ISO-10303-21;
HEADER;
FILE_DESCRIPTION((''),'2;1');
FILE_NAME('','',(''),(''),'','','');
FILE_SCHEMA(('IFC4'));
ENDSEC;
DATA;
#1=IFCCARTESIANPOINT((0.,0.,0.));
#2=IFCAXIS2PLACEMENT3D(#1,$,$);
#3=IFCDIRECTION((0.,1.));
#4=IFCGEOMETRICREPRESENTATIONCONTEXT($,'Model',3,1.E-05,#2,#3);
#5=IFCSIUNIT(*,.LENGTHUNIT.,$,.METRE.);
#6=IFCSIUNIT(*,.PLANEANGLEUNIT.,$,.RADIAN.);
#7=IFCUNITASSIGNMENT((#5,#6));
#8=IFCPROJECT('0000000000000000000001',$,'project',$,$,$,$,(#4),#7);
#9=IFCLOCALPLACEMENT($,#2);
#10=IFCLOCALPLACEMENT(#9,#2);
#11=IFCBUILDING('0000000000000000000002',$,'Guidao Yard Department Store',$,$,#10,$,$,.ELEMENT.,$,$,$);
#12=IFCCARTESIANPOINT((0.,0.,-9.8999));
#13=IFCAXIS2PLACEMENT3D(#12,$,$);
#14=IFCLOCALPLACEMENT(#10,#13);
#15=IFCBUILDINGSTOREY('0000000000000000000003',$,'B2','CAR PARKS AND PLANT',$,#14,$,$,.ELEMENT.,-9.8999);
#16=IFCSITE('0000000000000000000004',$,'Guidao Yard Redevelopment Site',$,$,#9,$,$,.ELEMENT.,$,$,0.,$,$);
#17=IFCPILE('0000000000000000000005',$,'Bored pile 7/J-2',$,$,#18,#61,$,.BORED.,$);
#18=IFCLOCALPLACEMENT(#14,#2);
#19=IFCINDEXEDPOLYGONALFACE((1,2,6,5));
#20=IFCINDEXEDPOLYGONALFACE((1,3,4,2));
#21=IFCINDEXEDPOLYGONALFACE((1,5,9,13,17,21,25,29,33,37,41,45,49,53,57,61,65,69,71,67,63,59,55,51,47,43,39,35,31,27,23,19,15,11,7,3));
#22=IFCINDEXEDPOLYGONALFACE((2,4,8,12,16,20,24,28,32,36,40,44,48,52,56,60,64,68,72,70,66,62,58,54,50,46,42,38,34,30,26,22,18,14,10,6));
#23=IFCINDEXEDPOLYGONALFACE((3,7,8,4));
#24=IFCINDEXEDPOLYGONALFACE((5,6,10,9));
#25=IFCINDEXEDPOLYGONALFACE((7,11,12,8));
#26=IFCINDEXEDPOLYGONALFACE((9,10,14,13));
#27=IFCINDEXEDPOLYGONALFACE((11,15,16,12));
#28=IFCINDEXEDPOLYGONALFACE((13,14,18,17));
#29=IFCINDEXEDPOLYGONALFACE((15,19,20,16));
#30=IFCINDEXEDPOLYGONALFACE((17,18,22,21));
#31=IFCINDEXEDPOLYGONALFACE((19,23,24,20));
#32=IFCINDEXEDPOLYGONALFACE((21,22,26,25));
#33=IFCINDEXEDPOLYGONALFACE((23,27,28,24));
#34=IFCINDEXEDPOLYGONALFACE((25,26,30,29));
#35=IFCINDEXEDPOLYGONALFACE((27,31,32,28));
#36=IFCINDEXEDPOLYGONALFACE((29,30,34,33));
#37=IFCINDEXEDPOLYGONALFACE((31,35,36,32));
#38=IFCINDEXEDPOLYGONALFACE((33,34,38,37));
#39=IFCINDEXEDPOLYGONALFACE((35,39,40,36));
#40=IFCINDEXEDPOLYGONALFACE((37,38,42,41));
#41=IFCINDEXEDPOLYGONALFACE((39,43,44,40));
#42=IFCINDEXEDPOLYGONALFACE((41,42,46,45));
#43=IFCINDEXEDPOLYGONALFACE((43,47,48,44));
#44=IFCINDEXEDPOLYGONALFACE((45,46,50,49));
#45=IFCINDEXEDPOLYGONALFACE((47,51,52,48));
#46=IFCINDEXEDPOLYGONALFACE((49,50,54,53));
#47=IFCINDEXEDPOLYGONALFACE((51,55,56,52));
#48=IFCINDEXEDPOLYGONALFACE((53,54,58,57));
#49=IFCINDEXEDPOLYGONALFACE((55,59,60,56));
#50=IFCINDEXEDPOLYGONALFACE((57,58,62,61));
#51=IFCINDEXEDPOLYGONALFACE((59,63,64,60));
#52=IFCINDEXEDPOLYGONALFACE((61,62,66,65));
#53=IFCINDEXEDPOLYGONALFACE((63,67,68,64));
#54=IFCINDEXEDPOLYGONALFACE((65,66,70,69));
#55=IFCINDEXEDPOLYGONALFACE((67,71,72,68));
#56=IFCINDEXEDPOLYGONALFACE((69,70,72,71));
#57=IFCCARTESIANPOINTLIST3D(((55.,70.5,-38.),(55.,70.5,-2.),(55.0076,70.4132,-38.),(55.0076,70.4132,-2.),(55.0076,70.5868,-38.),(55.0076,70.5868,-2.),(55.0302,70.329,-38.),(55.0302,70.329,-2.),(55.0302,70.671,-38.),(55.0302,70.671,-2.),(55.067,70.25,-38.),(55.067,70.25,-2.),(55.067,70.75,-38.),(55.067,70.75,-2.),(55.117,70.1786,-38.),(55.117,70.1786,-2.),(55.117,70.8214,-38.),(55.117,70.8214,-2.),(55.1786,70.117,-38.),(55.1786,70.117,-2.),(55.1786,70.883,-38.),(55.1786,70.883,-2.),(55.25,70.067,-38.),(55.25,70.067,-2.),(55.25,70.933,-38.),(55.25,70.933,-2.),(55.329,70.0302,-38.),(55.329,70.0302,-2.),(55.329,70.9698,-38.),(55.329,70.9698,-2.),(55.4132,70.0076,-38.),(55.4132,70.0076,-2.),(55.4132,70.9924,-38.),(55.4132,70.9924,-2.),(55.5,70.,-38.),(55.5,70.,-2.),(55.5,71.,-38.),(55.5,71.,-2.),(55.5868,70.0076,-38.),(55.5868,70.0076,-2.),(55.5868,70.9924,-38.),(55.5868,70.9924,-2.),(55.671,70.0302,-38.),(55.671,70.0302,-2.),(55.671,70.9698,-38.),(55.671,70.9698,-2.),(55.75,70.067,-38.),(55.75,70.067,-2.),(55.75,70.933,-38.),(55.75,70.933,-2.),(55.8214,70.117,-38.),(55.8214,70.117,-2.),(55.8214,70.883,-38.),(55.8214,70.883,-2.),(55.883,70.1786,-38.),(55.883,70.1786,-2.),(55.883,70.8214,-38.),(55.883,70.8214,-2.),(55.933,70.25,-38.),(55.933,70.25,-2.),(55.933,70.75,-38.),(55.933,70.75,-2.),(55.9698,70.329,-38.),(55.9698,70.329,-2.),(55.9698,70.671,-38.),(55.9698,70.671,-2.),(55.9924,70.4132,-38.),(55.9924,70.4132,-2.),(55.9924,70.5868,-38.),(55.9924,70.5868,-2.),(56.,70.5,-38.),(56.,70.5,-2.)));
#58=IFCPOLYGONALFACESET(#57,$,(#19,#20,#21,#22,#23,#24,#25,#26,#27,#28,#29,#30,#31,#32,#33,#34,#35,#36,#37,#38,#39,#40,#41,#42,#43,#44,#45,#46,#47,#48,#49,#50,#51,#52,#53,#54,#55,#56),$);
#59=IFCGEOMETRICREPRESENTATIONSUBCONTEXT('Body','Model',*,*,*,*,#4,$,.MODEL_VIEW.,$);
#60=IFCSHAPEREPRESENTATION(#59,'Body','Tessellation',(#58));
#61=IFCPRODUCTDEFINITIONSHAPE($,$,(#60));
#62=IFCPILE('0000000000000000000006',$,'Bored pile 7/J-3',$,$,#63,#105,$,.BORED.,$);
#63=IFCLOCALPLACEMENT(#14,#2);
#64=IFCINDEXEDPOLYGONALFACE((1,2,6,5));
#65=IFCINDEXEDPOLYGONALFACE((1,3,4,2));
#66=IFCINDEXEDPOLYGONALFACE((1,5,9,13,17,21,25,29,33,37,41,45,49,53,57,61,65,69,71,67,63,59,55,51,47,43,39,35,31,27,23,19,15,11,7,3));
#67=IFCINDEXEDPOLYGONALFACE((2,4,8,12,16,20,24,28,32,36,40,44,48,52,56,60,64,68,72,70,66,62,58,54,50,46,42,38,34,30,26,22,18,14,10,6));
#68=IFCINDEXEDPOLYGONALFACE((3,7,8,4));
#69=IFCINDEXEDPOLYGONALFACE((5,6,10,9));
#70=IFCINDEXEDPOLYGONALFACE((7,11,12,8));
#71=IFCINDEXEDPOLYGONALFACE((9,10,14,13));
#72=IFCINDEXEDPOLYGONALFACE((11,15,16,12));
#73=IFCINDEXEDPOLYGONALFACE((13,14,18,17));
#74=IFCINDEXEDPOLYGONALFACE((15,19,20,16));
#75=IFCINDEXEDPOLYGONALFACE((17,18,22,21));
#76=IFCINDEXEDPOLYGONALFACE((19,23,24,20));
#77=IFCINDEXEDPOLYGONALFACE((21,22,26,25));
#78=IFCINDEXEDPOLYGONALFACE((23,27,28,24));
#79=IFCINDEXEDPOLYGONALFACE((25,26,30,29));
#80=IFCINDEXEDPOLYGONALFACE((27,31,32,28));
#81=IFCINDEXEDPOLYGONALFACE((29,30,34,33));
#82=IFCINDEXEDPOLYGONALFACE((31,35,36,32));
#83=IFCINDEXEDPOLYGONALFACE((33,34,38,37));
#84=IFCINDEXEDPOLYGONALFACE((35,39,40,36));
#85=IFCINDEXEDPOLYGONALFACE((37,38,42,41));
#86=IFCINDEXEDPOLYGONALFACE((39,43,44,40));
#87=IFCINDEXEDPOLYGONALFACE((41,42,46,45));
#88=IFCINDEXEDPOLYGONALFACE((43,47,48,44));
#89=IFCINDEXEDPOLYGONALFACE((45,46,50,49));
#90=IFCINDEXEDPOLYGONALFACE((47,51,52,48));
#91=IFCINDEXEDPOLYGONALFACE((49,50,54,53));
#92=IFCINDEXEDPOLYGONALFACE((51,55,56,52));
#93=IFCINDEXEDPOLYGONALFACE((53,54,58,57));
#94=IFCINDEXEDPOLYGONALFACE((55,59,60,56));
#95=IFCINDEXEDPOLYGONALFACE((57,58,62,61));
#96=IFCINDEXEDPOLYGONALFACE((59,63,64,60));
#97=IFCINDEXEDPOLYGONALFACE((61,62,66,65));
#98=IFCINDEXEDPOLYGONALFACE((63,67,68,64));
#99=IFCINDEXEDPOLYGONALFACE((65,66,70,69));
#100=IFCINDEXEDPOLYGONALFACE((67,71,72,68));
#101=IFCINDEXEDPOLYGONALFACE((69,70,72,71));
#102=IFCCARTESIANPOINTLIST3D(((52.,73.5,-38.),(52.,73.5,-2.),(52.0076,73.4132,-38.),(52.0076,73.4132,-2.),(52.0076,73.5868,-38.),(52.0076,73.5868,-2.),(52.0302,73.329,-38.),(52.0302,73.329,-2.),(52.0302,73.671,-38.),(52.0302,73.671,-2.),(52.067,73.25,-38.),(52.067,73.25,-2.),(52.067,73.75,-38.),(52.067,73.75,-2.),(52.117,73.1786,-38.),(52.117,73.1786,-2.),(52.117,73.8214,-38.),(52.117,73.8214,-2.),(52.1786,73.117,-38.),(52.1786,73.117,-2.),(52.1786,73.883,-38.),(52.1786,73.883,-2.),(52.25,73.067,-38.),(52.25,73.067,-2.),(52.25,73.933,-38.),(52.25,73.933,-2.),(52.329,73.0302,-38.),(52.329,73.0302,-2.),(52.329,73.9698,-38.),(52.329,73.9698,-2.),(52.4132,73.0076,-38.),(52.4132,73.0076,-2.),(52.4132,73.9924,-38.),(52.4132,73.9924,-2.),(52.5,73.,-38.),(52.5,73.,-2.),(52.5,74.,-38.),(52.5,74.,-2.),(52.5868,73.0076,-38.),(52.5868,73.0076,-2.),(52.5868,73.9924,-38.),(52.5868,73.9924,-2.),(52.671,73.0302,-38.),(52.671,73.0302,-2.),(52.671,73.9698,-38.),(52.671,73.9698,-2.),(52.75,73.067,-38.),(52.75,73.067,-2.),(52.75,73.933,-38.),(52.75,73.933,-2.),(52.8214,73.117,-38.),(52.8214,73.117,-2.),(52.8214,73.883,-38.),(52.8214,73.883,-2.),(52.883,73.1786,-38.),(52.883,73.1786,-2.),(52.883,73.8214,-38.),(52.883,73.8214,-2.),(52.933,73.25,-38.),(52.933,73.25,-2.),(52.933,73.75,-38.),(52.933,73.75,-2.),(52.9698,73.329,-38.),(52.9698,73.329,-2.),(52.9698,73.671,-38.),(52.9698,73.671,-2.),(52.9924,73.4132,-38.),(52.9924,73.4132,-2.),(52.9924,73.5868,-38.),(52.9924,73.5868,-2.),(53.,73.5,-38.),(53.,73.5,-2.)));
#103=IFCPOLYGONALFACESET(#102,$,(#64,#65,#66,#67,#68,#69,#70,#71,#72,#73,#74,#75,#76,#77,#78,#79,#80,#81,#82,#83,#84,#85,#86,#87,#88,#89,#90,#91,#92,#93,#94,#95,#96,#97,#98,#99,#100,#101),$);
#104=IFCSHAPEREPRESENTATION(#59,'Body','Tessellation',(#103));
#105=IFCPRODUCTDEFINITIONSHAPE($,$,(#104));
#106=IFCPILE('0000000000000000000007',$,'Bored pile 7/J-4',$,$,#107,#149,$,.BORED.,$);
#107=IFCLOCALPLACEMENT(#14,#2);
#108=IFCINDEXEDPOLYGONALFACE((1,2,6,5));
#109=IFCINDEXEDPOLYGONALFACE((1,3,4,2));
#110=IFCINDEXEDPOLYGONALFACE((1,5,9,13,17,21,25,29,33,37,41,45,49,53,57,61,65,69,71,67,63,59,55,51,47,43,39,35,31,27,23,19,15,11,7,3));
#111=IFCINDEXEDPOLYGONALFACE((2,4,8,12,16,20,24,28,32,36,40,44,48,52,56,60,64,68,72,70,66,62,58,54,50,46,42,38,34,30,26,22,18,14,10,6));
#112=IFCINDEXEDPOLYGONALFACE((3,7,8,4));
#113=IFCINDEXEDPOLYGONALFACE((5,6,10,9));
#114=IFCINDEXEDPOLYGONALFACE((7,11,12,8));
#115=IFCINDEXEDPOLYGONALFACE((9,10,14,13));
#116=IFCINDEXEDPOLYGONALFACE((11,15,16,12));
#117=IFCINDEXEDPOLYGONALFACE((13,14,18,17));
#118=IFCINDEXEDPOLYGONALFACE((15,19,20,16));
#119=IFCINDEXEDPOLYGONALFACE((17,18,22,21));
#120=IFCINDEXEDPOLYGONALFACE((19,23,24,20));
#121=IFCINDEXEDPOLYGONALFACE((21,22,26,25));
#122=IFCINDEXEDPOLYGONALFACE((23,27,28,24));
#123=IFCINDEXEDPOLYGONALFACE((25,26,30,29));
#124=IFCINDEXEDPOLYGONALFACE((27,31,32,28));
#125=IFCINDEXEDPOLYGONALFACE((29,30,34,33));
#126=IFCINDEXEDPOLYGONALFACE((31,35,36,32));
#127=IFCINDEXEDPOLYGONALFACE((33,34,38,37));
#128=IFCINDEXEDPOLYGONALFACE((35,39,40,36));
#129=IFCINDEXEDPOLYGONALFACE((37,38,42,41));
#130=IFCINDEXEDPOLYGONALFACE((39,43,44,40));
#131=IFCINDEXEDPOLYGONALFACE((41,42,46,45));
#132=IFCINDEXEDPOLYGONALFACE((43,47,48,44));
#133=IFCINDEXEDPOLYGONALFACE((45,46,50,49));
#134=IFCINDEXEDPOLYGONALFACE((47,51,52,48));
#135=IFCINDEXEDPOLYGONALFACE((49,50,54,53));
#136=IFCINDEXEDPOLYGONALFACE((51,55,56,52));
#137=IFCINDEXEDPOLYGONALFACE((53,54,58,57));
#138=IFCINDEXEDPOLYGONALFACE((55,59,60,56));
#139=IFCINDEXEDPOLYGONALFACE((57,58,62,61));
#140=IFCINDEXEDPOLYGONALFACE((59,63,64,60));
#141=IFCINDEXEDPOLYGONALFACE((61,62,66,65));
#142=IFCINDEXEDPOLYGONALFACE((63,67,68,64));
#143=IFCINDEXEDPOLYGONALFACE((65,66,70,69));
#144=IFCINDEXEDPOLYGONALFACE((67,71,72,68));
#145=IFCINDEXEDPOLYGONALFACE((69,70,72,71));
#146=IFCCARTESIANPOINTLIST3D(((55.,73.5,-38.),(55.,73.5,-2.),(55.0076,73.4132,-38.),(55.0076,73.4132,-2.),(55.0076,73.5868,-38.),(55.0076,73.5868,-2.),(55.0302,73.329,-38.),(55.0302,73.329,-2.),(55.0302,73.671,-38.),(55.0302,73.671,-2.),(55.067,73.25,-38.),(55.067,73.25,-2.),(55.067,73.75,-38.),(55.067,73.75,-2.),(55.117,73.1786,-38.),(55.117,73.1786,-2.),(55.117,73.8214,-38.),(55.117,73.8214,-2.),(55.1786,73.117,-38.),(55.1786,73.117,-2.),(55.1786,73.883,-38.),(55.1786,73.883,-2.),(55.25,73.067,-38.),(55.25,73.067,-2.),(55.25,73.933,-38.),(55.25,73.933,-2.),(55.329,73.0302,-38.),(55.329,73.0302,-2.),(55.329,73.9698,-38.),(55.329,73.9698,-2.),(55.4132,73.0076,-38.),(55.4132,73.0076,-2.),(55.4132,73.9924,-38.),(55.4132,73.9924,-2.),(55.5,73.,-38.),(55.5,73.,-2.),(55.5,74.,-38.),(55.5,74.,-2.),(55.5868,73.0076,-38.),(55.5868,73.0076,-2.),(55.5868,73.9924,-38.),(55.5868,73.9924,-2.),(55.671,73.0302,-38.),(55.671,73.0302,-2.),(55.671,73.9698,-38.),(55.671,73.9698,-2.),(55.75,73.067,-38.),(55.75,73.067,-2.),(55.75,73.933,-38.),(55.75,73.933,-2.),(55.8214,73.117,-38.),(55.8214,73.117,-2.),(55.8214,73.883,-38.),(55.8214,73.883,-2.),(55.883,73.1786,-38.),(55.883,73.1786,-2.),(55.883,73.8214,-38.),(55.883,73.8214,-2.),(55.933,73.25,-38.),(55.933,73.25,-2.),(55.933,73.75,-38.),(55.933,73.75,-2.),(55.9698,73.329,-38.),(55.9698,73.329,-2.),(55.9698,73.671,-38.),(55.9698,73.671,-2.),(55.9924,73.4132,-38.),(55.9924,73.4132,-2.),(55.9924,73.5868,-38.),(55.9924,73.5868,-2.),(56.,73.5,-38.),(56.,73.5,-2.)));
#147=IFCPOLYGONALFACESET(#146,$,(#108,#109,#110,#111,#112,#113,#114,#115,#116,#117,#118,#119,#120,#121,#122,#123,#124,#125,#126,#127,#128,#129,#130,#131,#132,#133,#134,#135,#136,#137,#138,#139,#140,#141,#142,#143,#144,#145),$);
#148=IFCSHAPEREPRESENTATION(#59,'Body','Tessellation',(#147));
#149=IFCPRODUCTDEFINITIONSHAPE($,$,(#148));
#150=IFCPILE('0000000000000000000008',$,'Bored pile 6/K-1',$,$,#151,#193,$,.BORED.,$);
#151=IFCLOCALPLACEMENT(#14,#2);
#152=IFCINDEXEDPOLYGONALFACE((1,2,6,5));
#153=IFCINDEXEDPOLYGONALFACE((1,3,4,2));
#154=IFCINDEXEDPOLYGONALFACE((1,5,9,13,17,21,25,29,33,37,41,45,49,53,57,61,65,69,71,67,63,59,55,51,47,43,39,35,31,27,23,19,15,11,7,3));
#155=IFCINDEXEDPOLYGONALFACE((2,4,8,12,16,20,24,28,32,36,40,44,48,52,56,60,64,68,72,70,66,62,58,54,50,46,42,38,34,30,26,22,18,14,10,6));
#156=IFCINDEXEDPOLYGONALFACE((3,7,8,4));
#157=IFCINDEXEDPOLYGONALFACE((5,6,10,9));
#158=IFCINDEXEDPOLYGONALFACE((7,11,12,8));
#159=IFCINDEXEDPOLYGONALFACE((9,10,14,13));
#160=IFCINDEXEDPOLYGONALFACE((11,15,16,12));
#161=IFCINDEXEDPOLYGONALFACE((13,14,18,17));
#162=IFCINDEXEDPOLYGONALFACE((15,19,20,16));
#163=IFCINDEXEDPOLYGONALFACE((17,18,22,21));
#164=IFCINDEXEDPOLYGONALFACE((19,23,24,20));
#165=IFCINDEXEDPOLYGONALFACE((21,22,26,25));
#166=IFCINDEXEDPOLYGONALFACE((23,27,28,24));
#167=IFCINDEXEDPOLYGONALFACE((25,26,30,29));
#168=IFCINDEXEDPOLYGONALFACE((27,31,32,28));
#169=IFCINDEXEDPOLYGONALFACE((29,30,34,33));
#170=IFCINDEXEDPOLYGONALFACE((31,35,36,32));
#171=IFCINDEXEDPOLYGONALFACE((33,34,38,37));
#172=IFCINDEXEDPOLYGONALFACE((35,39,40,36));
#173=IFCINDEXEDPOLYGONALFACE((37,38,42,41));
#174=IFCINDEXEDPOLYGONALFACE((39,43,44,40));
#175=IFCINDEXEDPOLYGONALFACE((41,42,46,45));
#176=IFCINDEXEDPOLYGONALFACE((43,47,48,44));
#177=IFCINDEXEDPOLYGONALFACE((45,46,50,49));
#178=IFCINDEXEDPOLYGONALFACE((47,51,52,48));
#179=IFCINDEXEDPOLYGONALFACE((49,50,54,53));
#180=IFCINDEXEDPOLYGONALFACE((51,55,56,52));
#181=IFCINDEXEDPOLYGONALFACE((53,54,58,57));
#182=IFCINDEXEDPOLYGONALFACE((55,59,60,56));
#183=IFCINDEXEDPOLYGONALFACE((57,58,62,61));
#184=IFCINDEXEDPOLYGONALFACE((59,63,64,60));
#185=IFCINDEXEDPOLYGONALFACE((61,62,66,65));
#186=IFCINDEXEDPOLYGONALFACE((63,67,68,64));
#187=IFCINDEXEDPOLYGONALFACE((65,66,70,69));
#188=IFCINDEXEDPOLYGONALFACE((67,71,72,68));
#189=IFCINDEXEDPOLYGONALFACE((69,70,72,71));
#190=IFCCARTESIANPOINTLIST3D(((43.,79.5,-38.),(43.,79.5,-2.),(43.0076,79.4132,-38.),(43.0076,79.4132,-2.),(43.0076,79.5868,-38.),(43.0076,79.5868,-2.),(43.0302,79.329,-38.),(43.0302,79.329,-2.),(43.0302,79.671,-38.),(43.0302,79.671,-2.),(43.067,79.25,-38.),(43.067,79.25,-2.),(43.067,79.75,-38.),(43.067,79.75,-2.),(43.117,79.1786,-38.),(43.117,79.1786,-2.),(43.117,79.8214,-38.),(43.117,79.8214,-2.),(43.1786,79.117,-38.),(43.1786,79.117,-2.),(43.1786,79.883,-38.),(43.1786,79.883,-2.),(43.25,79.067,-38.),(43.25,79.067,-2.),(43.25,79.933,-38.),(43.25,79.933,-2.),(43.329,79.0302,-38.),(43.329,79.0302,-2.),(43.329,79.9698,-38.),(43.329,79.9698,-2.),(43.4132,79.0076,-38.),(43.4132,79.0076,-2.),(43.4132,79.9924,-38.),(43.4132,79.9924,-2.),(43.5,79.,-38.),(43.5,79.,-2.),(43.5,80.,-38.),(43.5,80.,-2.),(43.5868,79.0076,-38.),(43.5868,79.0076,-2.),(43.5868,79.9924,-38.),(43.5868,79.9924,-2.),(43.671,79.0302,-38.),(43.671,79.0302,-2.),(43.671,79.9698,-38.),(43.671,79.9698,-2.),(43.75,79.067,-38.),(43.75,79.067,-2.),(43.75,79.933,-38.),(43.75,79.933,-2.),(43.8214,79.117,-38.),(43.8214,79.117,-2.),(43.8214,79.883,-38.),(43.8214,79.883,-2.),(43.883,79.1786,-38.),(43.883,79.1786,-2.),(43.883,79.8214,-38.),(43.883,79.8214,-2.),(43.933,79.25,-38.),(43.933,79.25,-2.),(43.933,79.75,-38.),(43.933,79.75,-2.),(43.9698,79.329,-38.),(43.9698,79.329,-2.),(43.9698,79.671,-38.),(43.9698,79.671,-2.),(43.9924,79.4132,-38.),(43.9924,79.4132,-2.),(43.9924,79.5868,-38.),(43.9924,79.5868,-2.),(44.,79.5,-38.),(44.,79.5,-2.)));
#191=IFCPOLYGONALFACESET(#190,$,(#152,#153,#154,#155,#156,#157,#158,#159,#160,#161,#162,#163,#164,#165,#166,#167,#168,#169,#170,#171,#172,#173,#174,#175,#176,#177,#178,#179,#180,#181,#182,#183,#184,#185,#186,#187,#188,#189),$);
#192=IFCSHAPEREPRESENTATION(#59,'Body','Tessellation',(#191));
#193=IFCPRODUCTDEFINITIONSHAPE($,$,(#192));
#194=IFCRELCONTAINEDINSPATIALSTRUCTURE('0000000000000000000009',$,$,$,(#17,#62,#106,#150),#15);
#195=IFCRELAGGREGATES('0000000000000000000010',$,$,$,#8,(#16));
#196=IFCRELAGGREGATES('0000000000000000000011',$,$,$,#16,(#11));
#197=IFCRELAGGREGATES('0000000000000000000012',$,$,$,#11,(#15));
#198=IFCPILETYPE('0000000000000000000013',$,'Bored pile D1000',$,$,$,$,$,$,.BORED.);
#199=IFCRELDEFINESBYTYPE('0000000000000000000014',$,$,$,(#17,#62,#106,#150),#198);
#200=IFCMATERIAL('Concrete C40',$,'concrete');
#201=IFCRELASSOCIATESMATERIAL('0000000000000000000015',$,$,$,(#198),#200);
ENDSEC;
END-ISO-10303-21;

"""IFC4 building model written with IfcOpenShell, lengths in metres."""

from ifc_helpers import new_model, si_unit, direction, frame, origin, origin_2d, place, context, subcontext, project, spatial, circle, extrude, material, material_profile, profile_set, type_object, element, save


model = new_model("IFC4")

# Units and contexts
model_context = context("Model", 3, precision=1e-05, world=origin(), true_north=direction((0.0, 1.0)))
body_context = subcontext(model_context, "Body", "Model", "MODEL_VIEW")
ifc_project = project(units=[si_unit("LENGTHUNIT", "METRE"), si_unit("PLANEANGLEUNIT", "RADIAN")], contexts=[model_context])

# Site, building, storey
site_placement = place(None, origin())
site = spatial("IfcSite", under=ifc_project, at=site_placement, Name="Guidao Yard Redevelopment Site", CompositionType="ELEMENT", RefElevation=0.0)
building_placement = place(site_placement, origin())
building = spatial("IfcBuilding", under=site, at=building_placement, Name="Guidao Yard Department Store", CompositionType="ELEMENT")
storey_placement = place(building_placement, frame((0.0, 0.0, -9.8999)))
storey = spatial("IfcBuildingStorey", under=building, at=storey_placement, Name="B2", Description="CAR PARKS AND PLANT", CompositionType="ELEMENT", Elevation=-9.8999)

# Piles
ifc_material_1 = material(Name="Concrete C40", Category="concrete")
ifc_material_profile_1 = material_profile(ifc_material_1, circle(Radius=0.5, at=origin_2d()), Name="Bored pile D1000")
ifc_profile_set_1 = profile_set([ifc_material_profile_1], Name="Concrete C40")
pile_type = type_object("IfcPileType", Name="Bored pile D1000", PredefinedType="BORED", material=ifc_profile_set_1)
for number, where, z_axis, x_axis, name in (
    (1, (55.5, 70.5, -2.0), (0.0, 0.0, -1.0), (1.0, 0.0, 0.0), "Bored pile 7/J-2"),
    (2, (52.5, 73.5, -2.0), (0.0, 0.0, -1.0), (1.0, 0.0, 0.0), "Bored pile 7/J-3"),
    (3, (55.5, 73.5, -2.0), (0.0, 0.0, -1.0), (1.0, 0.0, 0.0), "Bored pile 7/J-4"),
    (4, (43.5, 79.5, -2.0), (0.0, 0.0, -1.0), (1.0, 0.0, 0.0), "Bored pile 6/K-1"),
):
    element("IfcPile", number, at=place(storey_placement, frame(where, z_axis=z_axis, x_axis=x_axis)), inside=storey, type_object=pile_type, Name=name, PredefinedType="BORED", context=body_context, shape_type="SweptSolid", body=[
        extrude(circle(Radius=0.5, at=origin_2d()), origin(), (0.0, 0.0, 1.0), 36.0),
    ])

save(model, "model.ifc")
